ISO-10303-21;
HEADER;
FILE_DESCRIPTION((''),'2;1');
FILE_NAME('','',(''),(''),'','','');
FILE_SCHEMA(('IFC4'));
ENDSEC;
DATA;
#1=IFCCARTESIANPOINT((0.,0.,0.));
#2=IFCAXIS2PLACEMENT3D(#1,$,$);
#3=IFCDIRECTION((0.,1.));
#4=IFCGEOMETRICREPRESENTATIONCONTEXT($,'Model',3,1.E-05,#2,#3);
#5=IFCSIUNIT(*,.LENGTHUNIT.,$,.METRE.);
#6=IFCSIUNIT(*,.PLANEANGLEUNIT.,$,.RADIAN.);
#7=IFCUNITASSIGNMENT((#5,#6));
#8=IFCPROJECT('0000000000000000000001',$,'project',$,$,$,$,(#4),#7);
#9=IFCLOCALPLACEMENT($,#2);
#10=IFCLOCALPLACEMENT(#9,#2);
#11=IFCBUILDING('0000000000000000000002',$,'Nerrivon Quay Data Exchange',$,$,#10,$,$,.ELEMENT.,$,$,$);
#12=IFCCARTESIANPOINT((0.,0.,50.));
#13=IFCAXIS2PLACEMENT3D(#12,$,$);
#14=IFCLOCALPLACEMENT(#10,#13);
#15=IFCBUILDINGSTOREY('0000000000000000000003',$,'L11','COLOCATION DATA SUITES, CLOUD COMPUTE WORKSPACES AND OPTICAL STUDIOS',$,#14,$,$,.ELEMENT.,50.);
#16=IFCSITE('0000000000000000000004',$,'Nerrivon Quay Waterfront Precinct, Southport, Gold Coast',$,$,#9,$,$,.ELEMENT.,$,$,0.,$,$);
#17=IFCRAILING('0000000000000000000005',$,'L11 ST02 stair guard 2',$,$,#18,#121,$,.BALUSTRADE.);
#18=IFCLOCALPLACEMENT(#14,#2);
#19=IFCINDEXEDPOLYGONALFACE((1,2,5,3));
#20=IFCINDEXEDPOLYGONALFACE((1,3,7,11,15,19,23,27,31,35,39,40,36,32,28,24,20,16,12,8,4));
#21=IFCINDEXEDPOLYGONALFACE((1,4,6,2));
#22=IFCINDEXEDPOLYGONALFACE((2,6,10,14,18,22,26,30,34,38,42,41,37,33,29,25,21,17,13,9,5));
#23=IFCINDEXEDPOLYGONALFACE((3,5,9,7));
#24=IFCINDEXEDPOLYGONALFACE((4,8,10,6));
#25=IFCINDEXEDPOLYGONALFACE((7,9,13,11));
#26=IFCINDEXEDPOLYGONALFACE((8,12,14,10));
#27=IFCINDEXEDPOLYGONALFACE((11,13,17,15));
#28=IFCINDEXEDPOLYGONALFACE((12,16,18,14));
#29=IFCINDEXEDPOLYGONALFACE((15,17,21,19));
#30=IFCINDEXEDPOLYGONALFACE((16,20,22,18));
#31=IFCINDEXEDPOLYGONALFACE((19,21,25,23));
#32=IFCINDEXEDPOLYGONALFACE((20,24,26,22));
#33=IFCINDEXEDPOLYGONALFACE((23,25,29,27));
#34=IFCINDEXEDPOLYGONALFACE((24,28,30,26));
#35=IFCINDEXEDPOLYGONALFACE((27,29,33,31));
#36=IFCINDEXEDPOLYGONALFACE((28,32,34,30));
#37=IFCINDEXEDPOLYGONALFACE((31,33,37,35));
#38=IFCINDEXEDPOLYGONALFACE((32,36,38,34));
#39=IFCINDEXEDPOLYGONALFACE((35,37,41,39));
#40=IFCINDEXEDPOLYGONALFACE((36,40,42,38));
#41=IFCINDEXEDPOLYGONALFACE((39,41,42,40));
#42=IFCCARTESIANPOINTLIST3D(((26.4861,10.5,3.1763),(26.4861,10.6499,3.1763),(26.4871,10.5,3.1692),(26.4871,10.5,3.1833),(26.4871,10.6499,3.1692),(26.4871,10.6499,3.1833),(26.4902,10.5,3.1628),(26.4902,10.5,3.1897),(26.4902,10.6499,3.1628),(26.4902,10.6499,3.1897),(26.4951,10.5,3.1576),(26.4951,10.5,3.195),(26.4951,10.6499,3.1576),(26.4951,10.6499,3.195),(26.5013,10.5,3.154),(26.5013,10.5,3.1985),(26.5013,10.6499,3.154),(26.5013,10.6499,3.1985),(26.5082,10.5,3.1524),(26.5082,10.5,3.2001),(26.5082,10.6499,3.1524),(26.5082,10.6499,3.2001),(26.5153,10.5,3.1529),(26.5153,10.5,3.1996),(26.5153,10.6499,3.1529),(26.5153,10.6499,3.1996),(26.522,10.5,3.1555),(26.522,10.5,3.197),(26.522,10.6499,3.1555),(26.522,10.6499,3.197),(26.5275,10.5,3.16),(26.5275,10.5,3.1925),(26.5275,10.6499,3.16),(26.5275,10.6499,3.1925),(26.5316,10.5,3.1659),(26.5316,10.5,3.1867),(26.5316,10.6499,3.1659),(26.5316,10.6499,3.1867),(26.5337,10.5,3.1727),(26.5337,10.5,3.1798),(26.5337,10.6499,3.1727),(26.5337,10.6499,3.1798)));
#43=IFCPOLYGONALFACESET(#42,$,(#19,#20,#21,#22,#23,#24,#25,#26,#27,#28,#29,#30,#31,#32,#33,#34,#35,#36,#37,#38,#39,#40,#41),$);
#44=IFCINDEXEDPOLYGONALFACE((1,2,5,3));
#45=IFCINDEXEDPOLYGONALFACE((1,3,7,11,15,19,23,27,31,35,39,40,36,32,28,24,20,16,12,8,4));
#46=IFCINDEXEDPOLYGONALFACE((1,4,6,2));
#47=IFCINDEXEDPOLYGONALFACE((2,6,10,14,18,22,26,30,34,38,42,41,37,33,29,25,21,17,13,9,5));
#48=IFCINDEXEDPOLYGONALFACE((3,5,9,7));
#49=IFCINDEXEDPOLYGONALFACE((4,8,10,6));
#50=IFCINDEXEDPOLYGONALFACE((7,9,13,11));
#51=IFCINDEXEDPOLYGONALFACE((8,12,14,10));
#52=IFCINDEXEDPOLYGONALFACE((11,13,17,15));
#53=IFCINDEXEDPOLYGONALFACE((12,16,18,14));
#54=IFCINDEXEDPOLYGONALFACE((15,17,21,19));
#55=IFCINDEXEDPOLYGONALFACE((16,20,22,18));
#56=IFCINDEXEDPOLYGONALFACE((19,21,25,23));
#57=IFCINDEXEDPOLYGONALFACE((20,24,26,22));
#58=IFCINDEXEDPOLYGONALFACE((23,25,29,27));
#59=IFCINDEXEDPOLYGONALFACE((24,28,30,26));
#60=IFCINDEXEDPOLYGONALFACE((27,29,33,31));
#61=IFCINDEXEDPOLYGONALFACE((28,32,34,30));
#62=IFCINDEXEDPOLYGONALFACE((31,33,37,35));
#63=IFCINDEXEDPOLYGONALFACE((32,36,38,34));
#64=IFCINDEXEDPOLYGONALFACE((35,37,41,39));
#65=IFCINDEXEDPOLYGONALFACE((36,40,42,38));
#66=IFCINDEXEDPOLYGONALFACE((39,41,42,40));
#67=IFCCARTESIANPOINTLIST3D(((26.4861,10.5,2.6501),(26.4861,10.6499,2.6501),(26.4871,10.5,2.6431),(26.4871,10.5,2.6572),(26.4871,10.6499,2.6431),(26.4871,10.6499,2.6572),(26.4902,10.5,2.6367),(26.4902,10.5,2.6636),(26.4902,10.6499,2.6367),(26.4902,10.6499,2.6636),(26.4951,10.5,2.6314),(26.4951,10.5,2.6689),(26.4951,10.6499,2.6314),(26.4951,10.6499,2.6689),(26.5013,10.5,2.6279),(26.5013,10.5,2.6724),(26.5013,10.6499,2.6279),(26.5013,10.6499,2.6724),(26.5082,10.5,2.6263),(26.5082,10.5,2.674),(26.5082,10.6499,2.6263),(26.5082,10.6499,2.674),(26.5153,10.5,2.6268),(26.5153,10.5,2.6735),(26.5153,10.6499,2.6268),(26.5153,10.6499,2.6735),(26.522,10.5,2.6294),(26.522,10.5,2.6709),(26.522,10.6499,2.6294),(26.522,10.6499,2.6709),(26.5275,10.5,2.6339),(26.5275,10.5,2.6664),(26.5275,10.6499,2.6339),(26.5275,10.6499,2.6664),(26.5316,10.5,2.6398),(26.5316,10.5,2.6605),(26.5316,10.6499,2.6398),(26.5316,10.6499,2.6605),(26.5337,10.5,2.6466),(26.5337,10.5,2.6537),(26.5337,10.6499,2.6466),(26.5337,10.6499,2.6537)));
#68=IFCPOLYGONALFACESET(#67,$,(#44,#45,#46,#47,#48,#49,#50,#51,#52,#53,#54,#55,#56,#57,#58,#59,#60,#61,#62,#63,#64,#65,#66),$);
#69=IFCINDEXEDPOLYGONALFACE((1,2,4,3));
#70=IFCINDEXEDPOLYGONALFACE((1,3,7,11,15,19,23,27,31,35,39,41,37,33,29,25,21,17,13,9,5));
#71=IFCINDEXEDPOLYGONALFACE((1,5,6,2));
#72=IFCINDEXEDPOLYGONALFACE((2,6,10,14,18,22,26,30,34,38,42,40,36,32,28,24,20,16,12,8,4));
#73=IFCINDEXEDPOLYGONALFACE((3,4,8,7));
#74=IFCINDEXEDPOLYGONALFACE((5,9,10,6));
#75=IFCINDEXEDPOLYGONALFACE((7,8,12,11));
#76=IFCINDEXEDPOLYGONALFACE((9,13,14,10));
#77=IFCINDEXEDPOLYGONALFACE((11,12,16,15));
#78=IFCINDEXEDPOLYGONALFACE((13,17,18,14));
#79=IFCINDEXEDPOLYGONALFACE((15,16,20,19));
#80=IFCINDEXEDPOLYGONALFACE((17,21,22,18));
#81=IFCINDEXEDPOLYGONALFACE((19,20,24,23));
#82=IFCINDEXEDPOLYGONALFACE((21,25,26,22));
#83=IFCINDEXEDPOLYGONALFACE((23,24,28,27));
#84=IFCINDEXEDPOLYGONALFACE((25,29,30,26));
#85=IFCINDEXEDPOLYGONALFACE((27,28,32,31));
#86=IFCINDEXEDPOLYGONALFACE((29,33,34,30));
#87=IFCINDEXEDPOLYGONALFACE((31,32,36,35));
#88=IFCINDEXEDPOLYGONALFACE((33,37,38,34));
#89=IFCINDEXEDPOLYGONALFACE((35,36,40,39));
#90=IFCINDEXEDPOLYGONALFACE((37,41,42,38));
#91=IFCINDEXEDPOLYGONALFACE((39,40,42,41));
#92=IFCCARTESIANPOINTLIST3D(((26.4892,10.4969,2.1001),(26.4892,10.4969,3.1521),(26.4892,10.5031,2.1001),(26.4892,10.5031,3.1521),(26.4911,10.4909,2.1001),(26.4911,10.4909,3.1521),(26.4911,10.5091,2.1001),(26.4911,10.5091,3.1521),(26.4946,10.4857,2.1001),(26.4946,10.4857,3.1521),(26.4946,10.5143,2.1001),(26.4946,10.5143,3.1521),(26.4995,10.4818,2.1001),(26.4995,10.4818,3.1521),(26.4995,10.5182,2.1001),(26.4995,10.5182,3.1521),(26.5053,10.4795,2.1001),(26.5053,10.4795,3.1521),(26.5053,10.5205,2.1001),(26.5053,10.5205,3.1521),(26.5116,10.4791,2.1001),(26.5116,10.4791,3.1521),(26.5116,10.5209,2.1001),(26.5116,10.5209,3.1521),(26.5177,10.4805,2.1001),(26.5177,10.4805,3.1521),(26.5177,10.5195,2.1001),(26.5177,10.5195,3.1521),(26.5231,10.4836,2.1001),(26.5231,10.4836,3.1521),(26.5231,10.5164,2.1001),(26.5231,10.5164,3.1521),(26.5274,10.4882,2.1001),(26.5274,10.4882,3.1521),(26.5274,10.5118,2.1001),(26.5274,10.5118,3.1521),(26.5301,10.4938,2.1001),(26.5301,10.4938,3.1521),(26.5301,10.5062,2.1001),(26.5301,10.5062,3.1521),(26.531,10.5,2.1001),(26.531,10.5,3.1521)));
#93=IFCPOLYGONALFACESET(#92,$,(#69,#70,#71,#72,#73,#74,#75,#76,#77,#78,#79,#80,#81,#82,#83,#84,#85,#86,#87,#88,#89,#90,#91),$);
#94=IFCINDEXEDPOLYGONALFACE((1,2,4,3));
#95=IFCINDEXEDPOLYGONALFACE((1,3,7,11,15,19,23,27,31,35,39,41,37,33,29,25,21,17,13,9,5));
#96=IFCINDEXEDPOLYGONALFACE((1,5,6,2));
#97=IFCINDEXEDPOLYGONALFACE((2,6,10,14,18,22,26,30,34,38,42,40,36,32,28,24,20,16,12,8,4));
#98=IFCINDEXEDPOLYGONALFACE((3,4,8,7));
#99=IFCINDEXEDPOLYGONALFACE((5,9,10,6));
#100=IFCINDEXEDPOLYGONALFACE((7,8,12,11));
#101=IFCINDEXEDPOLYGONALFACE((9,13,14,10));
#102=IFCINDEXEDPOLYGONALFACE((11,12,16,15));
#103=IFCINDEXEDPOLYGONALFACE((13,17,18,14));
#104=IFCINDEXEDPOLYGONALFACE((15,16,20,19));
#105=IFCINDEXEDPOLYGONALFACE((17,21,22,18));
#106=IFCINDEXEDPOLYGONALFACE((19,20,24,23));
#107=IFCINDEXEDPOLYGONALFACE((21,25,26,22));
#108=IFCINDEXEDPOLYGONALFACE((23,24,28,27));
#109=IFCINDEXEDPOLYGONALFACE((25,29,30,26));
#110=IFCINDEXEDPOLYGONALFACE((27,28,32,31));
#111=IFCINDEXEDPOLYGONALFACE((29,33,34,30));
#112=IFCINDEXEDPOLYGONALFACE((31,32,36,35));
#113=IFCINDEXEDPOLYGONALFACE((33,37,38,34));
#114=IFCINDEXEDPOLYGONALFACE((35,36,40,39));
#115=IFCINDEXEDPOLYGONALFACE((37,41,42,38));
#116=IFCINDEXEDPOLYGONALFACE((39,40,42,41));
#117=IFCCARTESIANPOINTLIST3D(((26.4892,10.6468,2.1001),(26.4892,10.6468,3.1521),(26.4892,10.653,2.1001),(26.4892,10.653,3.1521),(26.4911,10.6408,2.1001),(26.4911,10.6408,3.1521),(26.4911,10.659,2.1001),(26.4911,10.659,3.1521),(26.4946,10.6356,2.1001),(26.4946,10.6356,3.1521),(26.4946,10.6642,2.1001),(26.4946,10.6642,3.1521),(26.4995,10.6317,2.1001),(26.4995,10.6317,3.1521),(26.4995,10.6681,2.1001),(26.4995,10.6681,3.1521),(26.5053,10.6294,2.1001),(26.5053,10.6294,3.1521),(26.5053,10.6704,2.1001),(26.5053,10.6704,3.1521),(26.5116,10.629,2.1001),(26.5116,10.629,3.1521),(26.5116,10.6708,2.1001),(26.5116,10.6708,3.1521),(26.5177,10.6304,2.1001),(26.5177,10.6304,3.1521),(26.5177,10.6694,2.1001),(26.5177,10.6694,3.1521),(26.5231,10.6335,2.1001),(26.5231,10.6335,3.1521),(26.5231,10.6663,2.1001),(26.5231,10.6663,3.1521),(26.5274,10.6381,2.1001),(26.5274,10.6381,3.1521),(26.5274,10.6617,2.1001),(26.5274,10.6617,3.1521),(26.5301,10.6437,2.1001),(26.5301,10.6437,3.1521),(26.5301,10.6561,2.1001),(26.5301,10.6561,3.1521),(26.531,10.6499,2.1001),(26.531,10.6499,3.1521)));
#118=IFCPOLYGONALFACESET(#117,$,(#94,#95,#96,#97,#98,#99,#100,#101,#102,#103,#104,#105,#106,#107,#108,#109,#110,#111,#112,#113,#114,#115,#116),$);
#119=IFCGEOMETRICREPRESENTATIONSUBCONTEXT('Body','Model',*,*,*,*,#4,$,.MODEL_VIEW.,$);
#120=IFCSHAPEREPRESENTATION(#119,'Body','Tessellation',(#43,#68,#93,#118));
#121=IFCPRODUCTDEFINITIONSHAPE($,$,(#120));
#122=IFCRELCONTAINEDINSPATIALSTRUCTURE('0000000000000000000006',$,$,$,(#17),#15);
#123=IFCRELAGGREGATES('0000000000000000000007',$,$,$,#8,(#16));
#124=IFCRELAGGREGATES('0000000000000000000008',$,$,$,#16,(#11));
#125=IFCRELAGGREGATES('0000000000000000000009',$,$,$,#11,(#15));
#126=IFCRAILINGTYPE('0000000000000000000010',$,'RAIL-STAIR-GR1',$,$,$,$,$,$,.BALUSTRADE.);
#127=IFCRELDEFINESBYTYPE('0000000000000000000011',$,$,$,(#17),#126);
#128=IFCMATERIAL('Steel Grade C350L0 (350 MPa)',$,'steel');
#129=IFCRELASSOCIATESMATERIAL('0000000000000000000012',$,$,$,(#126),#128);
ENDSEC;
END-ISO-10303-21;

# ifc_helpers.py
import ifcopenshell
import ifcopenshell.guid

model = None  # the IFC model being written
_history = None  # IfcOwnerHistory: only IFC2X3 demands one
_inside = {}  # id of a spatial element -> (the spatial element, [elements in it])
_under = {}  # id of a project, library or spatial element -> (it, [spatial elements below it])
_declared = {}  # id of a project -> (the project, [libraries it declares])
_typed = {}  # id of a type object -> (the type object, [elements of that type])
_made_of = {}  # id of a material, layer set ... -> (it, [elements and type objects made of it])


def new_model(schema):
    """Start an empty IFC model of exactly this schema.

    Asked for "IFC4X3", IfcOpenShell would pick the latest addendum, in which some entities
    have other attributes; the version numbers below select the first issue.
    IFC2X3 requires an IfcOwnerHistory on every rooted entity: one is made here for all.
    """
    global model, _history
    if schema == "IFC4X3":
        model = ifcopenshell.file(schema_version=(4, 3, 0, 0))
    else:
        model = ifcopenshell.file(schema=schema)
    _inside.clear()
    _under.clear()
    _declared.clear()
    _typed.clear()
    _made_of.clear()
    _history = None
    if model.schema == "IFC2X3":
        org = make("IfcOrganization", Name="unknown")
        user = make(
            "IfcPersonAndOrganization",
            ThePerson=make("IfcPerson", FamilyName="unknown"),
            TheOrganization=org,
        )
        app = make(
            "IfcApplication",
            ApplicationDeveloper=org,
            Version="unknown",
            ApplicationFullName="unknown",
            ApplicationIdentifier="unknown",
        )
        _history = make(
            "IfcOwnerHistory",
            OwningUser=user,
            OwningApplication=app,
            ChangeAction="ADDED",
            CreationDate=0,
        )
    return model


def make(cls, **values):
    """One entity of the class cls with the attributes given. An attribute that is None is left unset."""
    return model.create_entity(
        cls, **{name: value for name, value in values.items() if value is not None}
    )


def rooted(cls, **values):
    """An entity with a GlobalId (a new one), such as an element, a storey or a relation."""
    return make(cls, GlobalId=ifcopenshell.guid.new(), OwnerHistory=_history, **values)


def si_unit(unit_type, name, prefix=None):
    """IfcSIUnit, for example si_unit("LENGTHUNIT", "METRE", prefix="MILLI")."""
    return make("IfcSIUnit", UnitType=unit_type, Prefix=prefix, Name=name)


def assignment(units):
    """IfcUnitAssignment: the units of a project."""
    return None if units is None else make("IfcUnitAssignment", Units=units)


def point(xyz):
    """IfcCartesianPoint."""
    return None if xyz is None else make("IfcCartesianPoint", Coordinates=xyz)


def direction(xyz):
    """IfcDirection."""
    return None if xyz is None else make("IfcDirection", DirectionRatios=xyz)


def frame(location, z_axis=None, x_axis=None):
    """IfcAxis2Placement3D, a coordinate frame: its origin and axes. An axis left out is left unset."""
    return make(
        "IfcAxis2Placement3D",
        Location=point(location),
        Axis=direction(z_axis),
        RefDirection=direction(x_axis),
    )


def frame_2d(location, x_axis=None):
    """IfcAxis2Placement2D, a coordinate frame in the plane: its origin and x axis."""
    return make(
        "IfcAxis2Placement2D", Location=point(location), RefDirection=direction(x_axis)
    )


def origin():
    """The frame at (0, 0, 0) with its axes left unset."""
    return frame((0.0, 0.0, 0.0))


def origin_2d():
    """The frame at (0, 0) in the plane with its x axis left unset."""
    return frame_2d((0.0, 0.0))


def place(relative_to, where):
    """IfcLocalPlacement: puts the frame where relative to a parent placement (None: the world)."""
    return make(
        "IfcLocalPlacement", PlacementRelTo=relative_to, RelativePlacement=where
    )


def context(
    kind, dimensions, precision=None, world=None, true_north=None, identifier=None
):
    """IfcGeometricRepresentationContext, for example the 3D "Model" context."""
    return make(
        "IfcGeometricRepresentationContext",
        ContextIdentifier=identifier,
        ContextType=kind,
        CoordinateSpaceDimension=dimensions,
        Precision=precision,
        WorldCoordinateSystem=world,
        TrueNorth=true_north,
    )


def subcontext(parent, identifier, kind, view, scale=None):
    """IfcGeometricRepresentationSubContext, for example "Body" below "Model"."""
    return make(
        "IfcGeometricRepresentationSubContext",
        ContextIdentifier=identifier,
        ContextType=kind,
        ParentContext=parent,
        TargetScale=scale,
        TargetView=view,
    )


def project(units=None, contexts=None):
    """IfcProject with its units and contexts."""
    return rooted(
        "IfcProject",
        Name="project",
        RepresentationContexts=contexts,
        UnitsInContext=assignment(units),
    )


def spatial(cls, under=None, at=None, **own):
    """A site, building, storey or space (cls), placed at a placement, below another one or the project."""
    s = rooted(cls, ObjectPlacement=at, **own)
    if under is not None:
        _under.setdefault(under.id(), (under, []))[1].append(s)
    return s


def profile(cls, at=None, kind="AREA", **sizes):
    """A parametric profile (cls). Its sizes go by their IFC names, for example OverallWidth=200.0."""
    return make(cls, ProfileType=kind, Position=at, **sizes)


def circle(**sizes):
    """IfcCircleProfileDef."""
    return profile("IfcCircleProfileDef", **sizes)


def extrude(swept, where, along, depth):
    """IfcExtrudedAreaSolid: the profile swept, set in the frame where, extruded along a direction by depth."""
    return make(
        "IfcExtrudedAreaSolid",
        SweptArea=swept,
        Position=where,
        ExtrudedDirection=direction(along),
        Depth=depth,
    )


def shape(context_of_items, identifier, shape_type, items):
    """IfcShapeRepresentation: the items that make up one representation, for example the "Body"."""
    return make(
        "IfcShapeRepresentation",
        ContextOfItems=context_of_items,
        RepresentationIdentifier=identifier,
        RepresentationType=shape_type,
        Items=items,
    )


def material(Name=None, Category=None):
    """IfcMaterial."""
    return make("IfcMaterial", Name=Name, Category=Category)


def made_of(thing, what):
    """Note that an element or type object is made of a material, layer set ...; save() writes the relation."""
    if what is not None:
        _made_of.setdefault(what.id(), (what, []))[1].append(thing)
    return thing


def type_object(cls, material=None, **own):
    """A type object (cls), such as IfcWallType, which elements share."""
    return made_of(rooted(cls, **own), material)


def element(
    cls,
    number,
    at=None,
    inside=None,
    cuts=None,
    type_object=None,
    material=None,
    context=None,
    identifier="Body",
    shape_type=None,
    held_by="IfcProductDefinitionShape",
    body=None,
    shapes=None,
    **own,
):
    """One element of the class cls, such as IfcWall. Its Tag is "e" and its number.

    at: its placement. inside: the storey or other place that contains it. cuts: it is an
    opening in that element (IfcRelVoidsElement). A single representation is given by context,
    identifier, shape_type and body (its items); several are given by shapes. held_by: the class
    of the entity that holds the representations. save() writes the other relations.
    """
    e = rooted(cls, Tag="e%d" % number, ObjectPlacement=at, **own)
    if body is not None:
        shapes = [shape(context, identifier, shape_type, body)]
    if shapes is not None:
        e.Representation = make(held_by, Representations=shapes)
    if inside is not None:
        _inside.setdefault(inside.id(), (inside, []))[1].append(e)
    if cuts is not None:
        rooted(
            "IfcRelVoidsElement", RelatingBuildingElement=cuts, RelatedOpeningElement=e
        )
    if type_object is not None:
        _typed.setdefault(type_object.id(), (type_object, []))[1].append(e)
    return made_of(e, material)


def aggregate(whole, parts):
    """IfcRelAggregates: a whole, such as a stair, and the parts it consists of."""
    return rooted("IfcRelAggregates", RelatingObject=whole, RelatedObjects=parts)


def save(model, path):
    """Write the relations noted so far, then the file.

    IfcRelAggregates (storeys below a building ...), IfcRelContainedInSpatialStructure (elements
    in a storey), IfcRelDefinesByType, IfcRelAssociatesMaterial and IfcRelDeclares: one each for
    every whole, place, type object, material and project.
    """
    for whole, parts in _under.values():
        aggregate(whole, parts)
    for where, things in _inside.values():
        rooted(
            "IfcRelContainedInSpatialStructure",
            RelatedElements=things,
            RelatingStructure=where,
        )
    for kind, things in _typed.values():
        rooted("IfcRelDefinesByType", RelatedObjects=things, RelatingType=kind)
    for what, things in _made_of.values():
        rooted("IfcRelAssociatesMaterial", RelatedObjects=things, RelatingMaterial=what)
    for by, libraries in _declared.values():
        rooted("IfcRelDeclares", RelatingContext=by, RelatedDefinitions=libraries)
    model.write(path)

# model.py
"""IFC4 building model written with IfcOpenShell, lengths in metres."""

from ifc_helpers import new_model, si_unit, direction, frame, origin, origin_2d, place, context, subcontext, project, spatial, circle, extrude, material, type_object, element, save


model = new_model("IFC4")

# Units and contexts
model_context = context("Model", 3, precision=1e-05, world=origin(), true_north=direction((0.0, 1.0)))
body_context = subcontext(model_context, "Body", "Model", "MODEL_VIEW")
ifc_project = project(units=[si_unit("LENGTHUNIT", "METRE"), si_unit("PLANEANGLEUNIT", "RADIAN")], contexts=[model_context])

# Site, building, storey
site_placement = place(None, origin())
site = spatial("IfcSite", under=ifc_project, at=site_placement, Name="Nerrivon Quay Waterfront Precinct, Southport, Gold Coast", CompositionType="ELEMENT", RefElevation=0.0)
building_placement = place(site_placement, origin())
building = spatial("IfcBuilding", under=site, at=building_placement, Name="Nerrivon Quay Data Exchange", CompositionType="ELEMENT")
storey_placement = place(building_placement, frame((0.0, 0.0, 50.0)))
storey = spatial("IfcBuildingStorey", under=building, at=storey_placement, Name="L11", Description="COLOCATION DATA SUITES, CLOUD COMPUTE WORKSPACES AND OPTICAL STUDIOS", CompositionType="ELEMENT", Elevation=50.0)

# Railing
ifc_material_1 = material(Name="Steel Grade C350L0 (350 MPa)", Category="steel")
railing_type_1 = type_object("IfcRailingType", Name="RAIL-STAIR-GR1", PredefinedType="BALUSTRADE", material=ifc_material_1)
railing_1_placement = place(storey_placement, frame((26.51, 10.5, 2.1001)))
element("IfcRailing", 1, at=railing_1_placement, inside=storey, type_object=railing_type_1, Name="L11 ST02 stair guard 2", PredefinedType="BALUSTRADE", context=body_context, shape_type="SweptSolid", body=[
    extrude(circle(Radius=0.0239, at=origin_2d()), frame((0.0, 0.0, 1.0762), z_axis=(0.0, 1.0, 0.0), x_axis=(-1.0, 0.0, 0.0)), (0.0, 0.0, 1.0), 0.1499),
    extrude(circle(Radius=0.0239, at=origin_2d()), frame((0.0, 0.0, 0.55), z_axis=(0.0, 1.0, 0.0), x_axis=(-1.0, 0.0, 0.0)), (0.0, 0.0, 1.0), 0.1499),
    extrude(circle(Radius=0.021, at=origin_2d()), origin(), (0.0, 0.0, 1.0), 1.052),
    extrude(circle(Radius=0.021, at=origin_2d()), frame((0.0, 0.1499, 0.0)), (0.0, 0.0, 1.0), 1.052),
])

save(model, "model.ifc")
